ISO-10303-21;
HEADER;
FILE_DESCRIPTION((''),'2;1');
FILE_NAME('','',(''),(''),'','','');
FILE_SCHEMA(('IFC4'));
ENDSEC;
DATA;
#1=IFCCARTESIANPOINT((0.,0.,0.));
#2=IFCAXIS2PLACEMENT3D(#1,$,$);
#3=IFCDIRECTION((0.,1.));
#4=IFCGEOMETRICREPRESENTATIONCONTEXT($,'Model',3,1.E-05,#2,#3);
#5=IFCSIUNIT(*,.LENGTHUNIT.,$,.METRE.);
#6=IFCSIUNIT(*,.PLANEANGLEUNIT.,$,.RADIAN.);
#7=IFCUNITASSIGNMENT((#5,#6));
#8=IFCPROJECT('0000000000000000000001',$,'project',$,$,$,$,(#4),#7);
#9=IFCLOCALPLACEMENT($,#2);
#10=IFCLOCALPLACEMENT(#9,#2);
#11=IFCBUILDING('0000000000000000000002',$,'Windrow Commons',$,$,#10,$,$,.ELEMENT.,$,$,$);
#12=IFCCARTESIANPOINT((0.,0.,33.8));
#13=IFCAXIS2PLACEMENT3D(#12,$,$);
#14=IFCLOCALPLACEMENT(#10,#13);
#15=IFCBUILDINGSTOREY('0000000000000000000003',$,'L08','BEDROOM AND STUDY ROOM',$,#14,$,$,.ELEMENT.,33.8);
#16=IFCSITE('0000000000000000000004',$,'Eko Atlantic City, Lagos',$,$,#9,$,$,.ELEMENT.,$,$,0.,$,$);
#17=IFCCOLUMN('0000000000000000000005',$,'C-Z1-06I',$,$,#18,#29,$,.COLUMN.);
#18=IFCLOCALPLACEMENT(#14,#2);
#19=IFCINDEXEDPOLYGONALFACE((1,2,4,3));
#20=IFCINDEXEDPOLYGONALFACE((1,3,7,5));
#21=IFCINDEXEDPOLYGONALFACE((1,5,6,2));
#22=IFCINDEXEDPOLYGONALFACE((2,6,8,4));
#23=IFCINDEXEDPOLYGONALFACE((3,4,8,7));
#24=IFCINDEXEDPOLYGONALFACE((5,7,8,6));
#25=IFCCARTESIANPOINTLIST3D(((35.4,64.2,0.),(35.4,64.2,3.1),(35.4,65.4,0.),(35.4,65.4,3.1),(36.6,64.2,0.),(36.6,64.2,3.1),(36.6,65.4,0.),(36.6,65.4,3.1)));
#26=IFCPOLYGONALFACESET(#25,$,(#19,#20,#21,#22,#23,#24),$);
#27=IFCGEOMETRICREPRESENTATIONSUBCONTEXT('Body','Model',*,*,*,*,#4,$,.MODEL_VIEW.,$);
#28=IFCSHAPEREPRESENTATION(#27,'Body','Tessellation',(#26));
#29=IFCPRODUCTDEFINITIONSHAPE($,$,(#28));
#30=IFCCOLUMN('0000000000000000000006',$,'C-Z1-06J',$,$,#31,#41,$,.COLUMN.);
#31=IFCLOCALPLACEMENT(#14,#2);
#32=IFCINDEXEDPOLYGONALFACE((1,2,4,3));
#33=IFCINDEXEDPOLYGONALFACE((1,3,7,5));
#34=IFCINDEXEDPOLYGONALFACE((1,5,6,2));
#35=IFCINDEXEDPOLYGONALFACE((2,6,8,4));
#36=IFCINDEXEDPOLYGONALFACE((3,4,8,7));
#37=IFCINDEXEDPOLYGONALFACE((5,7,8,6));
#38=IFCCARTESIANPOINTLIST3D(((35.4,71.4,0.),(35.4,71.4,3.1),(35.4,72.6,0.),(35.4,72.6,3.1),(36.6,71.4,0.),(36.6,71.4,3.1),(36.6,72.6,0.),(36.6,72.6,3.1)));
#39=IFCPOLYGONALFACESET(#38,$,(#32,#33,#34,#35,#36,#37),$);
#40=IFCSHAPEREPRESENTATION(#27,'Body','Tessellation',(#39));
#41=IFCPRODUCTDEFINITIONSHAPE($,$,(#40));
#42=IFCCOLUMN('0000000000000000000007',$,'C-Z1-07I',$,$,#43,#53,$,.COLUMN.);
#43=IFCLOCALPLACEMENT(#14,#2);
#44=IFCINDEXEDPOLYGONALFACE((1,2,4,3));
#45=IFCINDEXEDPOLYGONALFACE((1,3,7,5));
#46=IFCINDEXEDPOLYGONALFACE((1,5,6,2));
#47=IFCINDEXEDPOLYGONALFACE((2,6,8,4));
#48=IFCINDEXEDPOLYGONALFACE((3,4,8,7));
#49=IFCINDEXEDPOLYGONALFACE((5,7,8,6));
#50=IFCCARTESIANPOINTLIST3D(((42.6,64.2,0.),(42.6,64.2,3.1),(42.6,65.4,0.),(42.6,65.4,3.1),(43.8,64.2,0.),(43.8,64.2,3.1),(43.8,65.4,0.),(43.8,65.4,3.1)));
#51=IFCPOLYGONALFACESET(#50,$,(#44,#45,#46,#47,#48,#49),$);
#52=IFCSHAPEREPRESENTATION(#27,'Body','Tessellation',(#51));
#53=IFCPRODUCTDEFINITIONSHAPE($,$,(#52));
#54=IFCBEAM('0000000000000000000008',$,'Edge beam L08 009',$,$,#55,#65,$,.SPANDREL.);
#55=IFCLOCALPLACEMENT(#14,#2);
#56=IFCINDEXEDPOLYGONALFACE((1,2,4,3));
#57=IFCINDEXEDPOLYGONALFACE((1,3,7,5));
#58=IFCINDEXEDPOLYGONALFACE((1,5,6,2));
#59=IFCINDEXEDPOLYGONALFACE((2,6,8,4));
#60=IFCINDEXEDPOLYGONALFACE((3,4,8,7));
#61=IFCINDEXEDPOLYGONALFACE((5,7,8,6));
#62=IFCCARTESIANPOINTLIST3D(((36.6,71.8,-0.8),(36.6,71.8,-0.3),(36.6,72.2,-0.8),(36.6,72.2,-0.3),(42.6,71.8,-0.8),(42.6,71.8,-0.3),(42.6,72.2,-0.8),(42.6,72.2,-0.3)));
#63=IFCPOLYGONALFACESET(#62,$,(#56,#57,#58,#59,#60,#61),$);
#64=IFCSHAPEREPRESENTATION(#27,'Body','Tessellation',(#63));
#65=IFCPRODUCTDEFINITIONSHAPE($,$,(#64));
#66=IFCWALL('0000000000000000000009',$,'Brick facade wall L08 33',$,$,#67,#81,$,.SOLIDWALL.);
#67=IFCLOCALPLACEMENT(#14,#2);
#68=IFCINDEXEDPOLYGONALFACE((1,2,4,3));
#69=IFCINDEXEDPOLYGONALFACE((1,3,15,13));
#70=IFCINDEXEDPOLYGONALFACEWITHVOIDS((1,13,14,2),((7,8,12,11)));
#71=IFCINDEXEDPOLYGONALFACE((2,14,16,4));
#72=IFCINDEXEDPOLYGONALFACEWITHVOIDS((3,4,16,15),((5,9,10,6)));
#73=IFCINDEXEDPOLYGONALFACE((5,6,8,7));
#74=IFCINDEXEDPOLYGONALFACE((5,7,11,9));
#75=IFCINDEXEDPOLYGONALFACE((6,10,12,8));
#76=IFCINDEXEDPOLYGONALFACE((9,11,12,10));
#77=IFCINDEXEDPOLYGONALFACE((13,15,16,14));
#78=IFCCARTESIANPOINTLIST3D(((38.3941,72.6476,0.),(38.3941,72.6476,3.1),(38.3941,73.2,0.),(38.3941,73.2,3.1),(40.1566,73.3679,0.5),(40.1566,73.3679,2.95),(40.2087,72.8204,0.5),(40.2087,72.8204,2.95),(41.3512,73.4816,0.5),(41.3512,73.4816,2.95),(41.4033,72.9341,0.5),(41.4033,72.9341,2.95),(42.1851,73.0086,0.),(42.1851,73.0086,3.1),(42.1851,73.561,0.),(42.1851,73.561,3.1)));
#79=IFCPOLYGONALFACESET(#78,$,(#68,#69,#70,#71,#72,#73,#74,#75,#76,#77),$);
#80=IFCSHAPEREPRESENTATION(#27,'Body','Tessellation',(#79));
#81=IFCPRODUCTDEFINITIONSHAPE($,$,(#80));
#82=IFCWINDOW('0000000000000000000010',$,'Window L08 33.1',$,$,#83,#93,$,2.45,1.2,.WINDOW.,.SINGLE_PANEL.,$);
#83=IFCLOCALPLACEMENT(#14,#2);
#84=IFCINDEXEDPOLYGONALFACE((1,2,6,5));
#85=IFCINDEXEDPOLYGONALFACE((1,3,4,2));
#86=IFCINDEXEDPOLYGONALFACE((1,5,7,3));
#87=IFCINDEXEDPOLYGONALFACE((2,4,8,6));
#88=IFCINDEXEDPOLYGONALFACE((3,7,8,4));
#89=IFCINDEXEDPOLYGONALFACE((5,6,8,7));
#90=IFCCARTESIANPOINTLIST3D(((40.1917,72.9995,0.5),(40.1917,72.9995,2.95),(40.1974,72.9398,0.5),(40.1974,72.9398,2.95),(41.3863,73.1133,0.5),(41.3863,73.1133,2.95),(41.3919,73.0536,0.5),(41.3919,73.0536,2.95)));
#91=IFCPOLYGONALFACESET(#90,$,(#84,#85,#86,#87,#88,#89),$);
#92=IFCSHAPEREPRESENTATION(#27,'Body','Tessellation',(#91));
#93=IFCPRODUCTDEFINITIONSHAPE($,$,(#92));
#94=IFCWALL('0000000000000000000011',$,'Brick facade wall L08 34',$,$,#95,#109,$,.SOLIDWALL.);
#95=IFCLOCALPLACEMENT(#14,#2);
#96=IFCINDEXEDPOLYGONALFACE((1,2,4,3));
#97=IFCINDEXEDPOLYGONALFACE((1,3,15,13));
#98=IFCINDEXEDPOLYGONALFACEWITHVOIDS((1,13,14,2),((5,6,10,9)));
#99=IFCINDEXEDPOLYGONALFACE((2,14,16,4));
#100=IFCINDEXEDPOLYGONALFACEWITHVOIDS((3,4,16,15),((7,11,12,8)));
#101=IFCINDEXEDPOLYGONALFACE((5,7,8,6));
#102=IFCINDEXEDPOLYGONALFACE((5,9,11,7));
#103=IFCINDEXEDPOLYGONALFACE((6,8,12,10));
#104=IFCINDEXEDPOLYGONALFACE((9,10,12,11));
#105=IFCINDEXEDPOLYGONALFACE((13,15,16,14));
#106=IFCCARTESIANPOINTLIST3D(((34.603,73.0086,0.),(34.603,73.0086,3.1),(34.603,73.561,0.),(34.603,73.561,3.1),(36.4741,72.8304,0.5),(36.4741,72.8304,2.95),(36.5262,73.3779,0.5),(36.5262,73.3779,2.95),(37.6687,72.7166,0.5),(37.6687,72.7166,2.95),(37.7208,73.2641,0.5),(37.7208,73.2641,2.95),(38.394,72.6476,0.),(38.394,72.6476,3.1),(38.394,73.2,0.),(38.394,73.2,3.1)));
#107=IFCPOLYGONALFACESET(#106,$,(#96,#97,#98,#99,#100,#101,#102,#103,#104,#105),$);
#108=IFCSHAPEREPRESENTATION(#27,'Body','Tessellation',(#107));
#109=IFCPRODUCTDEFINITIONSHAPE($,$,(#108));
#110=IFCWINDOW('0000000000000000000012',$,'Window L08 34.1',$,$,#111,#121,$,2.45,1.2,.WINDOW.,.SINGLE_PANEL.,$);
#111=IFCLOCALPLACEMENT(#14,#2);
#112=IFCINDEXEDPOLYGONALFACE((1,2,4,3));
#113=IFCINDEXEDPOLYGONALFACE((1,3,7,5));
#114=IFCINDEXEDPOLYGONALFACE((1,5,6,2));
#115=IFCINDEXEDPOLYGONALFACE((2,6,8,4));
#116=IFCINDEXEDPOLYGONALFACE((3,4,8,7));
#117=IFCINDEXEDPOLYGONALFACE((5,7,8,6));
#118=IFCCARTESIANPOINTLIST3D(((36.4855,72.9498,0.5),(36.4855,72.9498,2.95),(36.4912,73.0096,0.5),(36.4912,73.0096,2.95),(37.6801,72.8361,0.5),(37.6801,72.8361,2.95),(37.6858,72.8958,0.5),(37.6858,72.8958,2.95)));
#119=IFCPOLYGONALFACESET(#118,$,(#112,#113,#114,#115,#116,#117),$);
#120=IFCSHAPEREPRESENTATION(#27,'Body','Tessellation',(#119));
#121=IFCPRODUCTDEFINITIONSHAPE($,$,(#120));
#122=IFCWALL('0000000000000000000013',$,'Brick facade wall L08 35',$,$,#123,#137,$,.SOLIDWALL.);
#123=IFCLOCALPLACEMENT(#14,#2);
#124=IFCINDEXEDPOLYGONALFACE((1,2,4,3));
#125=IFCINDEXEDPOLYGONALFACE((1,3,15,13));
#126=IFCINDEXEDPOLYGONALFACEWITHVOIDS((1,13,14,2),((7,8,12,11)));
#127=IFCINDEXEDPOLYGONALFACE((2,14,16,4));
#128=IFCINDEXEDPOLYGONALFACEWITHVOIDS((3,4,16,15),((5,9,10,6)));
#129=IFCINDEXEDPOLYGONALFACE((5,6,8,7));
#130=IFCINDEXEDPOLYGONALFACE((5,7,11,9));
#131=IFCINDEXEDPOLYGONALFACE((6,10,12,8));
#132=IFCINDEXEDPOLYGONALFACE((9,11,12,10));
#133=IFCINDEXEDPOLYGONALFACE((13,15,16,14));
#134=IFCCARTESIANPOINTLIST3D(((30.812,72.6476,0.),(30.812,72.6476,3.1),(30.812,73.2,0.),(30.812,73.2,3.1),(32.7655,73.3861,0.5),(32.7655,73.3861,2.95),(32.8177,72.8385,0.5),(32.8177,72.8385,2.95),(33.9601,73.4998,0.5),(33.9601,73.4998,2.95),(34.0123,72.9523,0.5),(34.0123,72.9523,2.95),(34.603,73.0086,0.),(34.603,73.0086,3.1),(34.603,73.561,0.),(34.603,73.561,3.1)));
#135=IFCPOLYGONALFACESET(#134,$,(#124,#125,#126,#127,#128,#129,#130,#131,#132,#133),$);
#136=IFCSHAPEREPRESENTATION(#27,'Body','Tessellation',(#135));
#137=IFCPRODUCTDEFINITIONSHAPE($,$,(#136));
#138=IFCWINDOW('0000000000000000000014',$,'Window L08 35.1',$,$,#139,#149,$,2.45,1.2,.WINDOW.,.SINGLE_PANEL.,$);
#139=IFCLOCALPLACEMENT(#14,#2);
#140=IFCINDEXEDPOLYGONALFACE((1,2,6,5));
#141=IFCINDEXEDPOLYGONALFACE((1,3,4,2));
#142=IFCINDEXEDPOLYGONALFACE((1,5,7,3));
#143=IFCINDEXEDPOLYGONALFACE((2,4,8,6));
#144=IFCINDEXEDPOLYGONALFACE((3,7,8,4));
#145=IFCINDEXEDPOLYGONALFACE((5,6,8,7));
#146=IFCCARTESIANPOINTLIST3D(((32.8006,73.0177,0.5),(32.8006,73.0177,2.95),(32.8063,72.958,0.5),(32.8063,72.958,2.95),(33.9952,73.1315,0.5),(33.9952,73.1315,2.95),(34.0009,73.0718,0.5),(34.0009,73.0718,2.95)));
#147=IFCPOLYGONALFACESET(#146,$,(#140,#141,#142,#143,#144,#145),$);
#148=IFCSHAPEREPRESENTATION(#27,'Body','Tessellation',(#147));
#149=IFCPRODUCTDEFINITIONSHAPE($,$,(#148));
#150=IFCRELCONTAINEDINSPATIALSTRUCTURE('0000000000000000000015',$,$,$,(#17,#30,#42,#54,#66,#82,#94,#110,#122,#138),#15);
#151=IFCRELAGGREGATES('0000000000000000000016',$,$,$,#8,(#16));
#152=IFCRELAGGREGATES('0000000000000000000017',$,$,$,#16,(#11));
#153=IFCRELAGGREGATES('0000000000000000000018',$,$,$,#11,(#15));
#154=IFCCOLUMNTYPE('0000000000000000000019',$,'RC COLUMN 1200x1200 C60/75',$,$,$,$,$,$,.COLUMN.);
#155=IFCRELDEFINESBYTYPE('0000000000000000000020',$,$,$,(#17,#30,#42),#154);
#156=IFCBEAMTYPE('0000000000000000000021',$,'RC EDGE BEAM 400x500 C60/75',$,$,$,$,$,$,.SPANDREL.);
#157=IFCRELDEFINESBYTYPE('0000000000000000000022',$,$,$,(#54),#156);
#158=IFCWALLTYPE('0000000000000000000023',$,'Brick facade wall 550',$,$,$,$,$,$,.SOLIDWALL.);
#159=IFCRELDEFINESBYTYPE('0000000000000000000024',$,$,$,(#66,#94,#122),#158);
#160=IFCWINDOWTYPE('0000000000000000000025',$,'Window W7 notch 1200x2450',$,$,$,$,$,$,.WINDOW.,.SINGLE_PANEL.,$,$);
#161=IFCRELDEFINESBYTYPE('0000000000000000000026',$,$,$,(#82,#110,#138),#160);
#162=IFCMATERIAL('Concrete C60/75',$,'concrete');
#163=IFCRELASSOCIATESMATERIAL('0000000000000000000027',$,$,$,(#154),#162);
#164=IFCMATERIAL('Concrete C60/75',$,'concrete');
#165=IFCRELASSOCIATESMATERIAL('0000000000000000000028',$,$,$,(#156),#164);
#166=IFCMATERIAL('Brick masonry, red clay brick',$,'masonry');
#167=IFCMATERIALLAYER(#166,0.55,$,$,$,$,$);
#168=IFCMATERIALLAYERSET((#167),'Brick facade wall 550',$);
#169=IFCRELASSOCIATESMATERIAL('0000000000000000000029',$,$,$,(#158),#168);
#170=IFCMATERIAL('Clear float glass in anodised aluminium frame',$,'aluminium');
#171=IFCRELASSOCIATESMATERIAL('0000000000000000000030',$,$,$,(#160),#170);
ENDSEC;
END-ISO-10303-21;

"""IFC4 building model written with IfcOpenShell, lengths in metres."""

from ifc_helpers import new_model, si_unit, direction, frame, frame_2d, origin, origin_2d, place, context, subcontext, project, spatial, polyline, rectangle, outline, extrude, material, layer, layer_set, material_profile, profile_set, type_object, element, fill, save


model = new_model("IFC4")

# Units and contexts
model_context = context("Model", 3, precision=1e-05, world=origin(), true_north=direction((0.0, 1.0)))
body_context = subcontext(model_context, "Body", "Model", "MODEL_VIEW")
ifc_project = project(units=[si_unit("LENGTHUNIT", "METRE"), si_unit("PLANEANGLEUNIT", "RADIAN")], contexts=[model_context])

# Site, building, storey
site_placement = place(None, origin())
site = spatial("IfcSite", under=ifc_project, at=site_placement, Name="Eko Atlantic City, Lagos", CompositionType="ELEMENT", RefElevation=0.0)
building_placement = place(site_placement, origin())
building = spatial("IfcBuilding", under=site, at=building_placement, Name="Windrow Commons", CompositionType="ELEMENT")
storey_placement = place(building_placement, frame((0.0, 0.0, 33.8)))
storey = spatial("IfcBuildingStorey", under=building, at=storey_placement, Name="L08", Description="BEDROOM AND STUDY ROOM", CompositionType="ELEMENT", Elevation=33.8)

# Columns
ifc_material_1 = material(Name="Concrete C60/75", Category="concrete")
ifc_material_profile_1 = material_profile(ifc_material_1, rectangle(XDim=1.2, YDim=1.2, at=origin_2d()))
ifc_profile_set_1 = profile_set([ifc_material_profile_1], Name="Concrete C60/75")
column_type = type_object("IfcColumnType", Name="RC COLUMN 1200x1200 C60/75", PredefinedType="COLUMN", material=ifc_profile_set_1)
for number, where, z_axis, x_axis, name in (
    (1, (36.0, 64.8, 0.0), (0.0, 0.0, 1.0), (1.0, 0.0, 0.0), "C-Z1-06I"),
    (2, (36.0, 72.0, 0.0), (0.0, 0.0, 1.0), (1.0, 0.0, 0.0), "C-Z1-06J"),
    (3, (43.2, 64.8, 0.0), (0.0, 0.0, 1.0), (1.0, 0.0, 0.0), "C-Z1-07I"),
):
    element("IfcColumn", number, at=place(storey_placement, frame(where, z_axis=z_axis, x_axis=x_axis)), inside=storey, type_object=column_type, Name=name, PredefinedType="COLUMN", context=body_context, shape_type="SweptSolid", body=[
        extrude(rectangle(XDim=1.2, YDim=1.2, at=origin_2d()), origin(), (0.0, 0.0, 1.0), 3.1),
    ])

# Beam
ifc_material_2 = material(Name="Concrete C60/75", Category="concrete")
ifc_material_profile_2 = material_profile(ifc_material_2, rectangle(XDim=0.4, YDim=0.5, at=origin_2d()))
ifc_profile_set_2 = profile_set([ifc_material_profile_2], Name="Concrete C60/75")
beam_type = type_object("IfcBeamType", Name="RC EDGE BEAM 400x500 C60/75", PredefinedType="SPANDREL", material=ifc_profile_set_2)
beam_placement = place(storey_placement, frame((36.6, 72.0, -0.55), z_axis=(1.0, 0.0, 0.0), x_axis=(0.0, 1.0, 0.0)))
element("IfcBeam", 4, at=beam_placement, inside=storey, type_object=beam_type, Name="Edge beam L08 009", PredefinedType="SPANDREL", context=body_context, shape_type="SweptSolid", body=[
    extrude(rectangle(XDim=0.4, YDim=0.5, at=origin_2d()), origin(), (0.0, 0.0, 1.0), 6.0),
])

# Walls, openings, windows
ifc_material_3 = material(Name="Brick masonry, red clay brick", Category="masonry")
ifc_layer_1 = layer(ifc_material_3, 0.55)
ifc_layer_set_1 = layer_set([ifc_layer_1], Name="Brick facade wall 550")
wall_type_1 = type_object("IfcWallType", Name="Brick facade wall 550", PredefinedType="SOLIDWALL", material=ifc_layer_set_1)
wall_1_placement = place(storey_placement, frame((42.1851, 73.2848, 0.0), z_axis=(0.0, 0.0, 1.0), x_axis=(-0.995497, -0.094794, 0.0)))
wall_1 = element("IfcWall", 5, at=wall_1_placement, inside=storey, type_object=wall_type_1, Name="Brick facade wall L08 33", PredefinedType="SOLIDWALL", context=body_context, shape_type="SweptSolid", body=[
    extrude(outline(polyline([(-0.0262, -0.275), (3.782, -0.275), (3.8343, 0.275), (0.0262, 0.275), (-0.0262, -0.275)])), origin(), (0.0, 0.0, 1.0), 3.1),
])
opening_1_placement = place(wall_1_placement, frame((0.8115, 0.0, 0.5)))
opening_1 = element("IfcOpeningElement", 6, at=opening_1_placement, cuts=wall_1, PredefinedType="OPENING", context=body_context, shape_type="SweptSolid", body=[
    extrude(rectangle(XDim=1.2, YDim=2.45, at=frame_2d((0.6, 1.225))), frame((0.0, 0.285, 0.0), z_axis=(0.0, -1.0, 0.0), x_axis=(1.0, 0.0, 0.0)), (0.0, 0.0, 1.0), 0.57),
])
ifc_material_4 = material(Name="Clear float glass in anodised aluminium frame", Category="aluminium")
window_type = type_object("IfcWindowType", Name="Window W7 notch 1200x2450", PartitioningType="SINGLE_PANEL", PredefinedType="WINDOW", material=ifc_material_4)
window_1_placement = place(opening_1_placement, origin())
window_1 = element("IfcWindow", 7, at=window_1_placement, inside=storey, type_object=window_type, Name="Window L08 33.1", OverallHeight=2.45, OverallWidth=1.2, PartitioningType="SINGLE_PANEL", PredefinedType="WINDOW", context=body_context, shape_type="SweptSolid", body=[
    extrude(rectangle(XDim=1.2, YDim=2.45, at=frame_2d((0.6, 1.225))), frame((0.0, 0.155, 0.0), z_axis=(0.0, -1.0, 0.0), x_axis=(1.0, 0.0, 0.0)), (0.0, 0.0, 1.0), 0.06),
])
fill(opening_1, window_1)
wall_2_placement = place(storey_placement, frame((38.394, 72.9238, 0.0), z_axis=(0.0, 0.0, 1.0), x_axis=(-0.995497, 0.094797, 0.0)))
wall_2 = element("IfcWall", 8, at=wall_2_placement, inside=storey, type_object=wall_type_1, Name="Brick facade wall L08 34", PredefinedType="SOLIDWALL", context=body_context, shape_type="SweptSolid", body=[
    extrude(outline(polyline([(0.0262, -0.275), (3.8343, -0.275), (3.782, 0.275), (-0.0262, 0.275), (0.0262, -0.275)])), origin(), (0.0, 0.0, 1.0), 3.1),
])
opening_2_placement = place(wall_2_placement, frame((0.7024, 0.0, 0.5)))
opening_2 = element("IfcOpeningElement", 9, at=opening_2_placement, cuts=wall_2, PredefinedType="OPENING", context=body_context, shape_type="SweptSolid", body=[
    extrude(rectangle(XDim=1.2, YDim=2.45, at=frame_2d((0.6, 1.225))), frame((0.0, 0.285, 0.0), z_axis=(0.0, -1.0, 0.0), x_axis=(1.0, 0.0, 0.0)), (0.0, 0.0, 1.0), 0.57),
])
window_2_placement = place(opening_2_placement, origin())
window_2 = element("IfcWindow", 10, at=window_2_placement, inside=storey, type_object=window_type, Name="Window L08 34.1", OverallHeight=2.45, OverallWidth=1.2, PartitioningType="SINGLE_PANEL", PredefinedType="WINDOW", context=body_context, shape_type="SweptSolid", body=[
    extrude(rectangle(XDim=1.2, YDim=2.45, at=frame_2d((0.6, 1.225))), frame((0.0, 0.155, 0.0), z_axis=(0.0, -1.0, 0.0), x_axis=(1.0, 0.0, 0.0)), (0.0, 0.0, 1.0), 0.06),
])
fill(opening_2, window_2)
wall_3_placement = place(storey_placement, frame((34.603, 73.2848, 0.0), z_axis=(0.0, 0.0, 1.0), x_axis=(-0.995497, -0.094797, 0.0)))
wall_3 = element("IfcWall", 11, at=wall_3_placement, inside=storey, type_object=wall_type_1, Name="Brick facade wall L08 35", PredefinedType="SOLIDWALL", context=body_context, shape_type="SweptSolid", body=[
    extrude(outline(polyline([(-0.0262, -0.275), (3.782, -0.275), (3.8343, 0.275), (0.0262, 0.275), (-0.0262, -0.275)])), origin(), (0.0, 0.0, 1.0), 3.1),
])
opening_3_placement = place(wall_3_placement, frame((0.6196, 0.0, 0.5)))
opening_3 = element("IfcOpeningElement", 12, at=opening_3_placement, cuts=wall_3, PredefinedType="OPENING", context=body_context, shape_type="SweptSolid", body=[
    extrude(rectangle(XDim=1.2, YDim=2.45, at=frame_2d((0.6, 1.225))), frame((0.0, 0.285, 0.0), z_axis=(0.0, -1.0, 0.0), x_axis=(1.0, 0.0, 0.0)), (0.0, 0.0, 1.0), 0.57),
])
window_3_placement = place(opening_3_placement, origin())
window_3 = element("IfcWindow", 13, at=window_3_placement, inside=storey, type_object=window_type, Name="Window L08 35.1", OverallHeight=2.45, OverallWidth=1.2, PartitioningType="SINGLE_PANEL", PredefinedType="WINDOW", context=body_context, shape_type="SweptSolid", body=[
    extrude(rectangle(XDim=1.2, YDim=2.45, at=frame_2d((0.6, 1.225))), frame((0.0, 0.155, 0.0), z_axis=(0.0, -1.0, 0.0), x_axis=(1.0, 0.0, 0.0)), (0.0, 0.0, 1.0), 0.06),
])
fill(opening_3, window_3)

save(model, "model.ifc")
